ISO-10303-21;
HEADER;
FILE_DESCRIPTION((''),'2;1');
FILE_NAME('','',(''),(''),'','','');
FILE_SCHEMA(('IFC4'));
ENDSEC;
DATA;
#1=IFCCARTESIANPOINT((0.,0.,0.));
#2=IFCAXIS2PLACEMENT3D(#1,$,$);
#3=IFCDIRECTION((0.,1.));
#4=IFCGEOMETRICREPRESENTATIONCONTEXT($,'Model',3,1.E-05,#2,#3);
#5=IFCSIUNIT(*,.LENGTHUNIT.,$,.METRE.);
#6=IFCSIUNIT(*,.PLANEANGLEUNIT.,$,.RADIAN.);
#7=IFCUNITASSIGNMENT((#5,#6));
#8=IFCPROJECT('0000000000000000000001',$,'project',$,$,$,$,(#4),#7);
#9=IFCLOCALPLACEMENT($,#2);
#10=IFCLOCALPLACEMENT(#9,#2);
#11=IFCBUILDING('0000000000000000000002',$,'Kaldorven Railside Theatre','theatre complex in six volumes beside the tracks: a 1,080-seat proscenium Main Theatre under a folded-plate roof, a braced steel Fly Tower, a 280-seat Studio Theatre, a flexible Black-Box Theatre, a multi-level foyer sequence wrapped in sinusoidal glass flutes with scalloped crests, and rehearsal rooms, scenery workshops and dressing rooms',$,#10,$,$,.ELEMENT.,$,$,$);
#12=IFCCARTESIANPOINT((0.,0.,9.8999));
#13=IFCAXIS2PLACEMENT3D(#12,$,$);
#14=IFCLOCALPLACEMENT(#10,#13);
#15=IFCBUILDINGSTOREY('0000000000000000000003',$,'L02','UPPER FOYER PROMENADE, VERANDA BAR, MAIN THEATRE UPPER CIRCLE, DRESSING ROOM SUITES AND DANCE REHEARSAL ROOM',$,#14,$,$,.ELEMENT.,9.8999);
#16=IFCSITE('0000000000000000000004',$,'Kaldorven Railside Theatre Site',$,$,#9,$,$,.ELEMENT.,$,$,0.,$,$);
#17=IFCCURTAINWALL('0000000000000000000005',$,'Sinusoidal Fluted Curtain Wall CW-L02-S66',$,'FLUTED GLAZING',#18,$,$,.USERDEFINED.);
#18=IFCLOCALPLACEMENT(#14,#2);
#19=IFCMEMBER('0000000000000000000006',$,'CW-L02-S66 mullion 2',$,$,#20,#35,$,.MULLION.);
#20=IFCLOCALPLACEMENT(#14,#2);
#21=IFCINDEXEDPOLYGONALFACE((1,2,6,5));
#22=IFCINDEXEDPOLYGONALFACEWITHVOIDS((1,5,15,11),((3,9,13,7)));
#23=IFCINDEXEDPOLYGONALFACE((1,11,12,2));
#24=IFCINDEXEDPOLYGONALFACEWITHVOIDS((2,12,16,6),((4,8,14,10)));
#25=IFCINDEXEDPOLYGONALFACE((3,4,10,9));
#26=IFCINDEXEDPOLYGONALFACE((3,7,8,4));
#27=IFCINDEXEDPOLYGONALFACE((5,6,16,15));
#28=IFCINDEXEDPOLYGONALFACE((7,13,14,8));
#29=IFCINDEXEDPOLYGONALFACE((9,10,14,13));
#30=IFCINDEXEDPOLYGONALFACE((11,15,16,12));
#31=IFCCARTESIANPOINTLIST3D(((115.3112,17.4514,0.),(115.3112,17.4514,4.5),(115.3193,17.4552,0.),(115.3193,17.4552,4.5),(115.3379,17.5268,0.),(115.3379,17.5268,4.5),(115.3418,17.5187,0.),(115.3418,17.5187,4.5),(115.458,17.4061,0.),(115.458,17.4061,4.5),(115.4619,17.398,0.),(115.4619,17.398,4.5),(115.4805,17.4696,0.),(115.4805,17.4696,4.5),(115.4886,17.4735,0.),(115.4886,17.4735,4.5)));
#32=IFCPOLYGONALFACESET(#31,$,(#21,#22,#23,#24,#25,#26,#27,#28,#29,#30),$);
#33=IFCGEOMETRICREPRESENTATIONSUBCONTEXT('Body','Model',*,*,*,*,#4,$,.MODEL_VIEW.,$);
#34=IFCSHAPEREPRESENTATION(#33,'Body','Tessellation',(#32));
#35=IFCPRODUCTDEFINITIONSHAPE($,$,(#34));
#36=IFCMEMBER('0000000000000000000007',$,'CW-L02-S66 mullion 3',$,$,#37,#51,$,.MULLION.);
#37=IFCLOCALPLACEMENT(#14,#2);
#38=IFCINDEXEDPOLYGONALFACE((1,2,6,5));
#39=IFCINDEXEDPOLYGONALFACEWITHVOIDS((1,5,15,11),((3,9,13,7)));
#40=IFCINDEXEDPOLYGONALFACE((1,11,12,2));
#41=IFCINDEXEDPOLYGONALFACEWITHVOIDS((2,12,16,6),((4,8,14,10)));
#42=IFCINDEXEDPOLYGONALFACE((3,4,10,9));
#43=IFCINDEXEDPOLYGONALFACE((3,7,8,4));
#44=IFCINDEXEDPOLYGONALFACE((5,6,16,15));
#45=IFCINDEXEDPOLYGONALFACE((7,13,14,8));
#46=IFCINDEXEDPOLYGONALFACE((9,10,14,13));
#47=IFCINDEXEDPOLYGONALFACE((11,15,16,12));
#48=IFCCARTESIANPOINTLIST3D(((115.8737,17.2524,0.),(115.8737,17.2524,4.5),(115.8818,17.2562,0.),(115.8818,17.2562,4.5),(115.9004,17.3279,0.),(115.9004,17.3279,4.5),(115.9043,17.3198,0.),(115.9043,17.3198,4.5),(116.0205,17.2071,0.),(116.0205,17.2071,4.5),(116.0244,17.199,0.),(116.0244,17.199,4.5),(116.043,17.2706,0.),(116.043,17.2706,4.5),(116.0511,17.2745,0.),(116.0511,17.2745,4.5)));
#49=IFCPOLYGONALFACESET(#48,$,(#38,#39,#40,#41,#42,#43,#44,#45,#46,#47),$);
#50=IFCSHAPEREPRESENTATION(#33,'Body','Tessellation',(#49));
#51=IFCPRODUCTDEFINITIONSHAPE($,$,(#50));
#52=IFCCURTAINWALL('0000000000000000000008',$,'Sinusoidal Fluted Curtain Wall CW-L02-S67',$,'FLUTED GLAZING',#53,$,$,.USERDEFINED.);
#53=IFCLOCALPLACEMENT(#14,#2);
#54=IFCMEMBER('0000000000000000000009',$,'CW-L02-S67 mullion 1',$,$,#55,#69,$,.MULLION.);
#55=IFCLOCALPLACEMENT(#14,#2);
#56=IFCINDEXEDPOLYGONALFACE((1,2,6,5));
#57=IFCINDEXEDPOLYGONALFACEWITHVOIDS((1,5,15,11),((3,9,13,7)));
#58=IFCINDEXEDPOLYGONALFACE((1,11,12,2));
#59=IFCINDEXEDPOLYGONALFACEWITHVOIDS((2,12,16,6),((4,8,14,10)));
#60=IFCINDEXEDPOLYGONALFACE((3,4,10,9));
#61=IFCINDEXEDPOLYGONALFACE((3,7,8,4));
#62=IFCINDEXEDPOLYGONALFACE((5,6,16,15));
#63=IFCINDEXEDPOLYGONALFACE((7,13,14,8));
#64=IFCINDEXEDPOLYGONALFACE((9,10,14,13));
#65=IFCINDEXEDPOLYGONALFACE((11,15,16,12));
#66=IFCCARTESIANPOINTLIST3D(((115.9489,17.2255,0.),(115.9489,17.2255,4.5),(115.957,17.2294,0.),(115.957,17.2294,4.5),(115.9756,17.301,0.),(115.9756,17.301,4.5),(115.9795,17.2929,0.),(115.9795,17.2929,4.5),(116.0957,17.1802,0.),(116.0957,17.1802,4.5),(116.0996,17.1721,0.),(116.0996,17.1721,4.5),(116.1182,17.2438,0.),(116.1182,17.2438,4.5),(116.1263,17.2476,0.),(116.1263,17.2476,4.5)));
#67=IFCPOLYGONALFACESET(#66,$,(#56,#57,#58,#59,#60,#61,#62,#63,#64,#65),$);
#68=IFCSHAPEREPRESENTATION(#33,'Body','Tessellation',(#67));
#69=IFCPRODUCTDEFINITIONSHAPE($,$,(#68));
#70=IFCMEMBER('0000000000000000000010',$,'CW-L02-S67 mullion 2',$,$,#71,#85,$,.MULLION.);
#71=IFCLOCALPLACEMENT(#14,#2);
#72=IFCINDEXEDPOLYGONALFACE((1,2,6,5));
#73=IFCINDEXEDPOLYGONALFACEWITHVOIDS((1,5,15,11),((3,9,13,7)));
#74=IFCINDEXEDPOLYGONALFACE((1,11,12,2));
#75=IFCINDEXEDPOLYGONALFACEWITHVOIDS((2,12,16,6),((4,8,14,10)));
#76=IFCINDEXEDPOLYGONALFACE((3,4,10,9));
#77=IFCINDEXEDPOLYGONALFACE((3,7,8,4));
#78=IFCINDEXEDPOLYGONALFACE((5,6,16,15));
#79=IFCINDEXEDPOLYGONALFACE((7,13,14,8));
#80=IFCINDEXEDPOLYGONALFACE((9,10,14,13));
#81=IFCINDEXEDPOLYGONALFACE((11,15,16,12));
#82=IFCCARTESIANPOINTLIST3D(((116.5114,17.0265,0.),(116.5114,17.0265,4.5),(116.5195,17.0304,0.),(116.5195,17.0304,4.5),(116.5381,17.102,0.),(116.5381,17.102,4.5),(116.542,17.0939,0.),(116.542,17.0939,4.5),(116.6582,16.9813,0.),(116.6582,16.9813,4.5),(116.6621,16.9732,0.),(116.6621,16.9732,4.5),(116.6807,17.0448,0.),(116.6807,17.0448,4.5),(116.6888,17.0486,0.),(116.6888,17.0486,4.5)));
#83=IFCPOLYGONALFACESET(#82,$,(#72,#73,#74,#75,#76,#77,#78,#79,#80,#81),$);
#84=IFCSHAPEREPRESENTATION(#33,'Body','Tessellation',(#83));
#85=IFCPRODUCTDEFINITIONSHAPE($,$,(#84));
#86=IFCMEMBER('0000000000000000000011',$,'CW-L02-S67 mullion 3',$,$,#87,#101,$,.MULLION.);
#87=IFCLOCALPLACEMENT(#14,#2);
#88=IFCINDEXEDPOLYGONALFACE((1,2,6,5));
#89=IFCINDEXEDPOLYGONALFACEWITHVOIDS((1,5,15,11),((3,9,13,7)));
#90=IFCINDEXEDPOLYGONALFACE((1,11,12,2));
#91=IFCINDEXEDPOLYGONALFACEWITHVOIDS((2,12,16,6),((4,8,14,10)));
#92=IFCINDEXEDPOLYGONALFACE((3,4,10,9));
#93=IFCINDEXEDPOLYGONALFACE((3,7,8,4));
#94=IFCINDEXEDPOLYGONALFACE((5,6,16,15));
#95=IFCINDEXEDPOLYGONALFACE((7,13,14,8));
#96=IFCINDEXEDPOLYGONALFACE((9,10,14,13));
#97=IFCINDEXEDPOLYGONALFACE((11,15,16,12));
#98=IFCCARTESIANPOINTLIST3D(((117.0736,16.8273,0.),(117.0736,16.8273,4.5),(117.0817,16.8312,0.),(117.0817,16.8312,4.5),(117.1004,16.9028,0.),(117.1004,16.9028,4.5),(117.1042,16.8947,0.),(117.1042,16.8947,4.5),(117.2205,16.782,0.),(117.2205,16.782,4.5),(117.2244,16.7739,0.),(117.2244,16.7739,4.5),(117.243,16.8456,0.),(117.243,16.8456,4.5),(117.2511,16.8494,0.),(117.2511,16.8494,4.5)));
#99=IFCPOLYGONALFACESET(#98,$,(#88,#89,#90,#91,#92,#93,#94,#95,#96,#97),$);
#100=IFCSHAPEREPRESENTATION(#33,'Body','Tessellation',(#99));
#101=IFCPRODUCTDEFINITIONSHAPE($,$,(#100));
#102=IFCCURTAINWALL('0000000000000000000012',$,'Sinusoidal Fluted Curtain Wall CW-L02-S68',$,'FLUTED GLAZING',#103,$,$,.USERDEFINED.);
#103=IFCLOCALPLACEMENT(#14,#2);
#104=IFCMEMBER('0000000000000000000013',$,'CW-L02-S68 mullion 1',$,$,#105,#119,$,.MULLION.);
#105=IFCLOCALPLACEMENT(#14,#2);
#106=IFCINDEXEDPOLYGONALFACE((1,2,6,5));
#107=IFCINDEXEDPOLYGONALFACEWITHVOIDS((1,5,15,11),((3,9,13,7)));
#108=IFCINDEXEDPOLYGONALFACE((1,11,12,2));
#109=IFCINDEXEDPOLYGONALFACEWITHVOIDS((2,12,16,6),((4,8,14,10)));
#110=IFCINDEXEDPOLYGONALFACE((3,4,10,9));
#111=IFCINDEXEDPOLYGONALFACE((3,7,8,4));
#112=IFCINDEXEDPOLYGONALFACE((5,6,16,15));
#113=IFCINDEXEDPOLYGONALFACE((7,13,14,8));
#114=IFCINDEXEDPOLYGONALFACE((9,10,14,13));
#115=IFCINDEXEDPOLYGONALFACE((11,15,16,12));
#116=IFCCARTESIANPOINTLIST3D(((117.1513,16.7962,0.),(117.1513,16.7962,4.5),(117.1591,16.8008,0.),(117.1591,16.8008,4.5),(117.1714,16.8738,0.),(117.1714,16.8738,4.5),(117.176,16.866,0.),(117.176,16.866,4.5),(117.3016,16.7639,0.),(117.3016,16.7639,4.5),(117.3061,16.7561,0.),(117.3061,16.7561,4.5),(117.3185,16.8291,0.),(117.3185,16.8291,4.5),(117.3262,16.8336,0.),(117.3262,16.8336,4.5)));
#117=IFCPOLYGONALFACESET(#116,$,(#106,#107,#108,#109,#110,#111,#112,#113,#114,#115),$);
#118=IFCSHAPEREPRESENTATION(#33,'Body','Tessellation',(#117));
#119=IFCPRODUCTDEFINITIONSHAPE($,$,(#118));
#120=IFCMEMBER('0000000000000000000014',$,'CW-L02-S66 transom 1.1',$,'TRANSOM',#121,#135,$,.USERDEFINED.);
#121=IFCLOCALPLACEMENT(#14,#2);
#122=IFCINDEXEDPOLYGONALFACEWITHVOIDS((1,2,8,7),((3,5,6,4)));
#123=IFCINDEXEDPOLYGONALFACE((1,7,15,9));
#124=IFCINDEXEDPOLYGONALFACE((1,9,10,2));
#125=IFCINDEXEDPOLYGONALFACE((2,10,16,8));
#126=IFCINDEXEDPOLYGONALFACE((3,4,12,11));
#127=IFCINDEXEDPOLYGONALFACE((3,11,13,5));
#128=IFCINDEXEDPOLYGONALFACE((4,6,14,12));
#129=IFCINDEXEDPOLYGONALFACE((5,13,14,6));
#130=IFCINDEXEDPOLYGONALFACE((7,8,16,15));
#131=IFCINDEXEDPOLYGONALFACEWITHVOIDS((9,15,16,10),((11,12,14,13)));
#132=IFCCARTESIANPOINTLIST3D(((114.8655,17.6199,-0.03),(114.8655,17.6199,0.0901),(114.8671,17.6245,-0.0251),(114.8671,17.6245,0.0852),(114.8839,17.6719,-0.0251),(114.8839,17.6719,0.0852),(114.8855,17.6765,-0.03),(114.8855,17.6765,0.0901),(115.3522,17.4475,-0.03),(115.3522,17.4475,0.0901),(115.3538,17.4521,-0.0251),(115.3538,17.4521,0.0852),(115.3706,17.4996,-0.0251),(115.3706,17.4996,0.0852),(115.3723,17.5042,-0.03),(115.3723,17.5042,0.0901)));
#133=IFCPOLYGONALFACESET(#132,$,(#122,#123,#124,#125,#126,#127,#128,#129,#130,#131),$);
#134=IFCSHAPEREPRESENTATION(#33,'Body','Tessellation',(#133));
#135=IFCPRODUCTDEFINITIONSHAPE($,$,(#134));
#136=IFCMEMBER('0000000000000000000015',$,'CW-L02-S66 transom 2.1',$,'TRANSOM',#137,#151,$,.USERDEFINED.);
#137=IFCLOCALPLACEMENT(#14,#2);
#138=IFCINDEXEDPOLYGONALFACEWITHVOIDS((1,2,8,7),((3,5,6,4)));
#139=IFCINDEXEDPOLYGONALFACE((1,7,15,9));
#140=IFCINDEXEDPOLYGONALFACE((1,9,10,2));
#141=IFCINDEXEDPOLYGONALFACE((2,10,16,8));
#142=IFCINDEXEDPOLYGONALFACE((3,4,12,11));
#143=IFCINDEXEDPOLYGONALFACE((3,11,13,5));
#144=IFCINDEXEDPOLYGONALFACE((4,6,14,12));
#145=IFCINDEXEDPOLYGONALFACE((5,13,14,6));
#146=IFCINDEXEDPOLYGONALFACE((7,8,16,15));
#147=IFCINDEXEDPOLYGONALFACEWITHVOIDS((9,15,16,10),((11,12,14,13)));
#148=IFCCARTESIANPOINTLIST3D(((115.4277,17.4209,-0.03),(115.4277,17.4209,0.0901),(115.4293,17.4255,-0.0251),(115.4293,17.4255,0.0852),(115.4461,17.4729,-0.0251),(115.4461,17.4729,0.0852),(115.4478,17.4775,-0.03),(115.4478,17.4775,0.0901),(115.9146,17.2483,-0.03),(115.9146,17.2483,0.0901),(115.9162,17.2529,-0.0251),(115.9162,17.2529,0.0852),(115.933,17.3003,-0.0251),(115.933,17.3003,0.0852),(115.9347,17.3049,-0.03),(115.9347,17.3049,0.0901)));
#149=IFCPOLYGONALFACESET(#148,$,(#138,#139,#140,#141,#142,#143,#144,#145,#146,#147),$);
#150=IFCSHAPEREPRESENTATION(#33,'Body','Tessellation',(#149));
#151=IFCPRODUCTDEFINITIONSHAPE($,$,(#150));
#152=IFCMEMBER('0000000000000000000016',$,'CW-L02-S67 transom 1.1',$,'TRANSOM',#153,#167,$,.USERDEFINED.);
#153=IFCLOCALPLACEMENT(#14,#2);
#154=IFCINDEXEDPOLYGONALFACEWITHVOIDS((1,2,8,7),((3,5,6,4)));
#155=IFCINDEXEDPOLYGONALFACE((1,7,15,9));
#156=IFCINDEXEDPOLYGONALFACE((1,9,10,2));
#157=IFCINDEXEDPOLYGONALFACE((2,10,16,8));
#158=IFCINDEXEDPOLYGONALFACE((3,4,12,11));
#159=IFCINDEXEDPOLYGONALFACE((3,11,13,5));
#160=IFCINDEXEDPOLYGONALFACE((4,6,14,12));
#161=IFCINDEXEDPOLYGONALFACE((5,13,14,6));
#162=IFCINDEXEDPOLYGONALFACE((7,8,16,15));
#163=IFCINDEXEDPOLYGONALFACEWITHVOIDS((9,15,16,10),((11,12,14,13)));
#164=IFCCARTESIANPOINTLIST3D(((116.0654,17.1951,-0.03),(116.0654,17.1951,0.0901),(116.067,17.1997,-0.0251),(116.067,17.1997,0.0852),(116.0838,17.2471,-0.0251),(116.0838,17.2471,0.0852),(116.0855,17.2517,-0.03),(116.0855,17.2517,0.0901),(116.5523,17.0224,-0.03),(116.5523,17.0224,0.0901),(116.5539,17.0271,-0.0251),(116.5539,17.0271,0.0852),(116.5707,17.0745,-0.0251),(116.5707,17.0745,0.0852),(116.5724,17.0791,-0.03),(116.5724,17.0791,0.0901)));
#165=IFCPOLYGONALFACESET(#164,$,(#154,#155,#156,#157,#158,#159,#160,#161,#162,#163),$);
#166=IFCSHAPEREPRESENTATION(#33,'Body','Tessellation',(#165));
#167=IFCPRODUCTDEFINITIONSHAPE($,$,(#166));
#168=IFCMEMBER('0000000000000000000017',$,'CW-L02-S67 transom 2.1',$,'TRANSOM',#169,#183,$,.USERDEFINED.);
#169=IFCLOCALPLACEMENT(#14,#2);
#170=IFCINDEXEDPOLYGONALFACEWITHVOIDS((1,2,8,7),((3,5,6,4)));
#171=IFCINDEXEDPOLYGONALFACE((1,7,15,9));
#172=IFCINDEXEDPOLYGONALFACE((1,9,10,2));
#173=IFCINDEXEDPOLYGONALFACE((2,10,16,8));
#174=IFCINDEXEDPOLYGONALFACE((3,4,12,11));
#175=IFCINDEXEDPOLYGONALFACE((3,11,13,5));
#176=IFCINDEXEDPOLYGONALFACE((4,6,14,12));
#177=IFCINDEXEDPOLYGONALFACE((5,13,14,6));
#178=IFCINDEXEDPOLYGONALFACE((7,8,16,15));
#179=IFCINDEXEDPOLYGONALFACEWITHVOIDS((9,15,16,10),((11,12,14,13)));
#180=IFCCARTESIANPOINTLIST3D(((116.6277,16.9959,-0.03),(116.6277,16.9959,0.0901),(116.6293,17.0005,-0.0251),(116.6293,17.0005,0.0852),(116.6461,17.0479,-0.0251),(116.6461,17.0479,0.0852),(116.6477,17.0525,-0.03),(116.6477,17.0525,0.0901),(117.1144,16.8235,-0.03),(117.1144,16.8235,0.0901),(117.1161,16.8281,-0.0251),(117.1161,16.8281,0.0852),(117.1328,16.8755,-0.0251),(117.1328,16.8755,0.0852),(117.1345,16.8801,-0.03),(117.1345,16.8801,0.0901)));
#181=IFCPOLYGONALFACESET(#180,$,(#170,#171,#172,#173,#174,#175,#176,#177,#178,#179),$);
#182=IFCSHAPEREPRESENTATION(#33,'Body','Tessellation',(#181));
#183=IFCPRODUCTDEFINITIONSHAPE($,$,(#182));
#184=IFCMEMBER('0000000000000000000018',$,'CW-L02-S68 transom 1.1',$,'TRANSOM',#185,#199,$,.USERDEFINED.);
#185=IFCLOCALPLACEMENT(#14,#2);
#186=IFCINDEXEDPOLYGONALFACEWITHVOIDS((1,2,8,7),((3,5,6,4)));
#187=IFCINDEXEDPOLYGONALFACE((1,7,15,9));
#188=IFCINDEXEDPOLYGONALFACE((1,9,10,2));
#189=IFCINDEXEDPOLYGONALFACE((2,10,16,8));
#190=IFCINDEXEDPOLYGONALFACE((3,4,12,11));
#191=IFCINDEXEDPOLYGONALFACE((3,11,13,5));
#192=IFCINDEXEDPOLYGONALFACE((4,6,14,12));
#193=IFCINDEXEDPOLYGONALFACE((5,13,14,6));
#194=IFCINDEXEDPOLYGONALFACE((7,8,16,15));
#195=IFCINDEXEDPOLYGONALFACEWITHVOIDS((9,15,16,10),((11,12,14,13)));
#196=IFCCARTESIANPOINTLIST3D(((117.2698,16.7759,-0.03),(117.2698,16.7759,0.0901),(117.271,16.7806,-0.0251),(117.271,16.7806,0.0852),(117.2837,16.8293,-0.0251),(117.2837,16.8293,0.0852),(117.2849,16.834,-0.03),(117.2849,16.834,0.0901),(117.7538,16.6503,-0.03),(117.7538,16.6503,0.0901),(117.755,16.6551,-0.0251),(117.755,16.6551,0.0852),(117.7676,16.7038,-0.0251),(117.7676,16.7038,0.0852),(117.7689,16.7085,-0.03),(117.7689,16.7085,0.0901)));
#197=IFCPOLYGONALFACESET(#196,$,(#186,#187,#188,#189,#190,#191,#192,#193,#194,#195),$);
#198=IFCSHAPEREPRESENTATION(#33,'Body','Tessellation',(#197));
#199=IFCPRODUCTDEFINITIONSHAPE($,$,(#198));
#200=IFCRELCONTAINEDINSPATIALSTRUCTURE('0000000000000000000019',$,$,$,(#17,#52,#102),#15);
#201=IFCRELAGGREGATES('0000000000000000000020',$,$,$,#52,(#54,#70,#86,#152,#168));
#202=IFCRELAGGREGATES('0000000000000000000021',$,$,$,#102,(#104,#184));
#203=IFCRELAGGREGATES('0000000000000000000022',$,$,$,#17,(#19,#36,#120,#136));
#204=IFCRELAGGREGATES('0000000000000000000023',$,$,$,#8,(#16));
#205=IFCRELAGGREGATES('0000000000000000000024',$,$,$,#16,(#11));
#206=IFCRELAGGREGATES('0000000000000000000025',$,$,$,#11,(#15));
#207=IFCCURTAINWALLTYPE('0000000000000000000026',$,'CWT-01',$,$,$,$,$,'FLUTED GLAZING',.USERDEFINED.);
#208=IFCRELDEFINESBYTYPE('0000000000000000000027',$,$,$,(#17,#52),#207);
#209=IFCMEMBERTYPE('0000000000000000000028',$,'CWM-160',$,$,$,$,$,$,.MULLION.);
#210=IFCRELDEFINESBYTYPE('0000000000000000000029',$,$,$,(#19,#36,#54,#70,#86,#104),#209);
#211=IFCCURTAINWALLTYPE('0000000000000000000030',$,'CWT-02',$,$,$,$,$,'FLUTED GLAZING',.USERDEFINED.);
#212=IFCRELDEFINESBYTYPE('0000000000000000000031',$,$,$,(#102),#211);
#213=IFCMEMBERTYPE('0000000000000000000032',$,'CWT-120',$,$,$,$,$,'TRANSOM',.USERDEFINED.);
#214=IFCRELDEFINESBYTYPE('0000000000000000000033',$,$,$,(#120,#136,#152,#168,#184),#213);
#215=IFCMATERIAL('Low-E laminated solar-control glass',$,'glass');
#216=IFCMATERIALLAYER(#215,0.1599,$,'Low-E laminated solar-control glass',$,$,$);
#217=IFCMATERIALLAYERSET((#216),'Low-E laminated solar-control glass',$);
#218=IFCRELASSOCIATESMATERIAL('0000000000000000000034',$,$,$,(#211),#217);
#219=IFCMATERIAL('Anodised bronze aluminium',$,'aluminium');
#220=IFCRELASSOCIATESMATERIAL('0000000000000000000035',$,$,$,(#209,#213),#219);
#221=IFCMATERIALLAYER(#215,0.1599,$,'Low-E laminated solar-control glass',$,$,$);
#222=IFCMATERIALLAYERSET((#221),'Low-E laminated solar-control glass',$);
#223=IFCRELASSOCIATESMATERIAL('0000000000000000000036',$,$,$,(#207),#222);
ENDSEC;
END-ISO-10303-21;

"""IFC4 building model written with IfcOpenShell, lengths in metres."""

from ifc_helpers import new_model, si_unit, direction, frame, origin, origin_2d, place, context, subcontext, project, spatial, hollow_rectangle, extrude, material, layer, layer_set, material_profile, profile_set, type_object, element, aggregate, save


model = new_model("IFC4")

# Units and contexts
model_context = context("Model", 3, precision=1e-05, world=origin(), true_north=direction((0.0, 1.0)))
body_context = subcontext(model_context, "Body", "Model", "MODEL_VIEW")
ifc_project = project(units=[si_unit("LENGTHUNIT", "METRE"), si_unit("PLANEANGLEUNIT", "RADIAN")], contexts=[model_context])

# Site, building, storey
site_placement = place(None, origin())
site = spatial("IfcSite", under=ifc_project, at=site_placement, Name="Kaldorven Railside Theatre Site", CompositionType="ELEMENT", RefElevation=0.0)
building_placement = place(site_placement, origin())
building = spatial("IfcBuilding", under=site, at=building_placement, Name="Kaldorven Railside Theatre", Description="theatre complex in six volumes beside the tracks: a 1,080-seat proscenium Main Theatre under a folded-plate roof, a braced steel Fly Tower, a 280-seat Studio Theatre, a flexible Black-Box Theatre, a multi-level foyer sequence wrapped in sinusoidal glass flutes with scalloped crests, and rehearsal rooms, scenery workshops and dressing rooms", CompositionType="ELEMENT")
storey_placement = place(building_placement, frame((0.0, 0.0, 9.8999)))
storey = spatial("IfcBuildingStorey", under=building, at=storey_placement, Name="L02", Description="UPPER FOYER PROMENADE, VERANDA BAR, MAIN THEATRE UPPER CIRCLE, DRESSING ROOM SUITES AND DANCE REHEARSAL ROOM", CompositionType="ELEMENT", Elevation=9.8999)

# Shared definitions
ifc_material_1 = material(Name="Low-E laminated solar-control glass", Category="glass")
ifc_layer_1 = layer(ifc_material_1, 0.1599, Name="Low-E laminated solar-control glass")
ifc_layer_set_1 = layer_set([ifc_layer_1], Name="Low-E laminated solar-control glass")
curtain_wall_type_1 = type_object("IfcCurtainWallType", Name="CWT-02", ElementType="FLUTED GLAZING", PredefinedType="USERDEFINED", material=ifc_layer_set_1)
ifc_material_2 = material(Name="Anodised bronze aluminium", Category="aluminium")
ifc_material_profile_1 = material_profile(ifc_material_2, hollow_rectangle(XDim=0.0801, YDim=0.1599, WallThickness=0.0063, at=origin_2d()), Name="RHS 160x80x6.3")
ifc_profile_set_1 = profile_set([ifc_material_profile_1], Name="Anodised bronze aluminium")
member_type_1 = type_object("IfcMemberType", Name="CWM-160", PredefinedType="MULLION", material=ifc_profile_set_1)

# Curtain walls, members
ifc_layer_2 = layer(ifc_material_1, 0.1599, Name="Low-E laminated solar-control glass")
ifc_layer_set_2 = layer_set([ifc_layer_2], Name="Low-E laminated solar-control glass")
curtain_wall_type_2 = type_object("IfcCurtainWallType", Name="CWT-01", ElementType="FLUTED GLAZING", PredefinedType="USERDEFINED", material=ifc_layer_set_2)
curtain_wall_1_placement = place(storey_placement, origin())
curtain_wall_1 = element("IfcCurtainWall", 1, at=curtain_wall_1_placement, inside=storey, type_object=curtain_wall_type_2, Name="Sinusoidal Fluted Curtain Wall CW-L02-S66", ObjectType="FLUTED GLAZING", PredefinedType="USERDEFINED")
member_1_placement = place(storey_placement, frame((115.3999, 17.4624, 0.0), z_axis=(0.0, 0.0, 1.0), x_axis=(0.333847, 0.942627, 0.0)))
member_1 = element("IfcMember", 2, at=member_1_placement, type_object=member_type_1, Name="CW-L02-S66 mullion 2", PredefinedType="MULLION", context=body_context, shape_type="SweptSolid", body=[
    extrude(hollow_rectangle(XDim=0.0801, YDim=0.1599, WallThickness=0.0063, at=origin_2d()), origin(), (0.0, 0.0, 1.0), 4.5),
])
member_2_placement = place(storey_placement, frame((115.9624, 17.2634, 0.0), z_axis=(0.0, 0.0, 1.0), x_axis=(0.333847, 0.942627, 0.0)))
member_2 = element("IfcMember", 3, at=member_2_placement, type_object=member_type_1, Name="CW-L02-S66 mullion 3", PredefinedType="MULLION", context=body_context, shape_type="SweptSolid", body=[
    extrude(hollow_rectangle(XDim=0.0801, YDim=0.1599, WallThickness=0.0063, at=origin_2d()), origin(), (0.0, 0.0, 1.0), 4.5),
])
curtain_wall_2_placement = place(storey_placement, origin())
curtain_wall_2 = element("IfcCurtainWall", 4, at=curtain_wall_2_placement, inside=storey, type_object=curtain_wall_type_2, Name="Sinusoidal Fluted Curtain Wall CW-L02-S67", ObjectType="FLUTED GLAZING", PredefinedType="USERDEFINED")
member_3_placement = place(storey_placement, frame((116.0376, 17.2366, 0.0), z_axis=(0.0, 0.0, 1.0), x_axis=(0.333847, 0.942627, 0.0)))
member_3 = element("IfcMember", 5, at=member_3_placement, type_object=member_type_1, Name="CW-L02-S67 mullion 1", PredefinedType="MULLION", context=body_context, shape_type="SweptSolid", body=[
    extrude(hollow_rectangle(XDim=0.0801, YDim=0.1599, WallThickness=0.0063, at=origin_2d()), origin(), (0.0, 0.0, 1.0), 4.5),
])
member_4_placement = place(storey_placement, frame((116.6001, 17.0376, 0.0), z_axis=(0.0, 0.0, 1.0), x_axis=(0.333847, 0.942627, 0.0)))
member_4 = element("IfcMember", 6, at=member_4_placement, type_object=member_type_1, Name="CW-L02-S67 mullion 2", PredefinedType="MULLION", context=body_context, shape_type="SweptSolid", body=[
    extrude(hollow_rectangle(XDim=0.0801, YDim=0.1599, WallThickness=0.0063, at=origin_2d()), origin(), (0.0, 0.0, 1.0), 4.5),
])
member_5_placement = place(storey_placement, frame((117.1624, 16.8384, 0.0), z_axis=(0.0, 0.0, 1.0), x_axis=(0.333847, 0.942627, 0.0)))
member_5 = element("IfcMember", 7, at=member_5_placement, type_object=member_type_1, Name="CW-L02-S67 mullion 3", PredefinedType="MULLION", context=body_context, shape_type="SweptSolid", body=[
    extrude(hollow_rectangle(XDim=0.0801, YDim=0.1599, WallThickness=0.0063, at=origin_2d()), origin(), (0.0, 0.0, 1.0), 4.5),
])

# Curtain wall, member
curtain_wall_3_placement = place(storey_placement, origin())
curtain_wall_3 = element("IfcCurtainWall", 8, at=curtain_wall_3_placement, inside=storey, type_object=curtain_wall_type_1, Name="Sinusoidal Fluted Curtain Wall CW-L02-S68", ObjectType="FLUTED GLAZING", PredefinedType="USERDEFINED")
member_6_placement = place(storey_placement, frame((117.2388, 16.8149, 0.0), z_axis=(0.0, 0.0, 1.0), x_axis=(0.250954, 0.967999, 0.0)))
member_6 = element("IfcMember", 9, at=member_6_placement, type_object=member_type_1, Name="CW-L02-S68 mullion 1", PredefinedType="MULLION", context=body_context, shape_type="SweptSolid", body=[
    extrude(hollow_rectangle(XDim=0.0801, YDim=0.1599, WallThickness=0.0063, at=origin_2d()), origin(), (0.0, 0.0, 1.0), 4.5),
])

# Members
ifc_material_profile_2 = material_profile(ifc_material_2, hollow_rectangle(XDim=0.0601, YDim=0.1201, WallThickness=0.0049, at=origin_2d()), Name="RHS 120x60x5")
ifc_profile_set_2 = profile_set([ifc_material_profile_2], Name="Anodised bronze aluminium")
member_type_2 = type_object("IfcMemberType", Name="CWT-120", ElementType="TRANSOM", PredefinedType="USERDEFINED", material=ifc_profile_set_2)
member_7_placement = place(storey_placement, frame((114.8755, 17.6482, 0.03), z_axis=(0.942658, -0.33376, 0.0), x_axis=(0.33376, 0.942658, 0.0)))
member_7 = element("IfcMember", 10, at=member_7_placement, type_object=member_type_2, Name="CW-L02-S66 transom 1.1", ObjectType="TRANSOM", PredefinedType="USERDEFINED", context=body_context, shape_type="SweptSolid", body=[
    extrude(hollow_rectangle(XDim=0.0601, YDim=0.1201, WallThickness=0.0049, at=origin_2d()), origin(), (0.0, 0.0, 1.0), 0.5164),
])
member_8_placement = place(storey_placement, frame((115.4377, 17.4492, 0.03), z_axis=(0.942509, -0.33418, 0.0), x_axis=(0.33418, 0.942509, 0.0)))
member_8 = element("IfcMember", 11, at=member_8_placement, type_object=member_type_2, Name="CW-L02-S66 transom 2.1", ObjectType="TRANSOM", PredefinedType="USERDEFINED", context=body_context, shape_type="SweptSolid", body=[
    extrude(hollow_rectangle(XDim=0.0601, YDim=0.1201, WallThickness=0.0049, at=origin_2d()), origin(), (0.0, 0.0, 1.0), 0.5166),
])
member_9_placement = place(storey_placement, frame((116.0754, 17.2234, 0.03), z_axis=(0.942509, -0.33418, 0.0), x_axis=(0.33418, 0.942509, 0.0)))
member_9 = element("IfcMember", 12, at=member_9_placement, type_object=member_type_2, Name="CW-L02-S67 transom 1.1", ObjectType="TRANSOM", PredefinedType="USERDEFINED", context=body_context, shape_type="SweptSolid", body=[
    extrude(hollow_rectangle(XDim=0.0601, YDim=0.1201, WallThickness=0.0049, at=origin_2d()), origin(), (0.0, 0.0, 1.0), 0.5166),
])
member_10_placement = place(storey_placement, frame((116.6377, 17.0242, 0.03), z_axis=(0.942658, -0.33376, 0.0), x_axis=(0.33376, 0.942658, 0.0)))
member_10 = element("IfcMember", 13, at=member_10_placement, type_object=member_type_2, Name="CW-L02-S67 transom 2.1", ObjectType="TRANSOM", PredefinedType="USERDEFINED", context=body_context, shape_type="SweptSolid", body=[
    extrude(hollow_rectangle(XDim=0.0601, YDim=0.1201, WallThickness=0.0049, at=origin_2d()), origin(), (0.0, 0.0, 1.0), 0.5164),
])
aggregate(curtain_wall_2, [member_3, member_4, member_5, member_9, member_10])
member_11_placement = place(storey_placement, frame((117.2773, 16.8049, 0.03), z_axis=(0.967979, -0.25103, 0.0), x_axis=(0.25103, 0.967979, 0.0)))
member_11 = element("IfcMember", 14, at=member_11_placement, type_object=member_type_2, Name="CW-L02-S68 transom 1.1", ObjectType="TRANSOM", PredefinedType="USERDEFINED", context=body_context, shape_type="SweptSolid", body=[
    extrude(hollow_rectangle(XDim=0.0601, YDim=0.1201, WallThickness=0.0049, at=origin_2d()), origin(), (0.0, 0.0, 1.0), 0.5),
])
aggregate(curtain_wall_3, [member_6, member_11])

aggregate(curtain_wall_1, [member_1, member_2, member_7, member_8])

save(model, "model.ifc")
